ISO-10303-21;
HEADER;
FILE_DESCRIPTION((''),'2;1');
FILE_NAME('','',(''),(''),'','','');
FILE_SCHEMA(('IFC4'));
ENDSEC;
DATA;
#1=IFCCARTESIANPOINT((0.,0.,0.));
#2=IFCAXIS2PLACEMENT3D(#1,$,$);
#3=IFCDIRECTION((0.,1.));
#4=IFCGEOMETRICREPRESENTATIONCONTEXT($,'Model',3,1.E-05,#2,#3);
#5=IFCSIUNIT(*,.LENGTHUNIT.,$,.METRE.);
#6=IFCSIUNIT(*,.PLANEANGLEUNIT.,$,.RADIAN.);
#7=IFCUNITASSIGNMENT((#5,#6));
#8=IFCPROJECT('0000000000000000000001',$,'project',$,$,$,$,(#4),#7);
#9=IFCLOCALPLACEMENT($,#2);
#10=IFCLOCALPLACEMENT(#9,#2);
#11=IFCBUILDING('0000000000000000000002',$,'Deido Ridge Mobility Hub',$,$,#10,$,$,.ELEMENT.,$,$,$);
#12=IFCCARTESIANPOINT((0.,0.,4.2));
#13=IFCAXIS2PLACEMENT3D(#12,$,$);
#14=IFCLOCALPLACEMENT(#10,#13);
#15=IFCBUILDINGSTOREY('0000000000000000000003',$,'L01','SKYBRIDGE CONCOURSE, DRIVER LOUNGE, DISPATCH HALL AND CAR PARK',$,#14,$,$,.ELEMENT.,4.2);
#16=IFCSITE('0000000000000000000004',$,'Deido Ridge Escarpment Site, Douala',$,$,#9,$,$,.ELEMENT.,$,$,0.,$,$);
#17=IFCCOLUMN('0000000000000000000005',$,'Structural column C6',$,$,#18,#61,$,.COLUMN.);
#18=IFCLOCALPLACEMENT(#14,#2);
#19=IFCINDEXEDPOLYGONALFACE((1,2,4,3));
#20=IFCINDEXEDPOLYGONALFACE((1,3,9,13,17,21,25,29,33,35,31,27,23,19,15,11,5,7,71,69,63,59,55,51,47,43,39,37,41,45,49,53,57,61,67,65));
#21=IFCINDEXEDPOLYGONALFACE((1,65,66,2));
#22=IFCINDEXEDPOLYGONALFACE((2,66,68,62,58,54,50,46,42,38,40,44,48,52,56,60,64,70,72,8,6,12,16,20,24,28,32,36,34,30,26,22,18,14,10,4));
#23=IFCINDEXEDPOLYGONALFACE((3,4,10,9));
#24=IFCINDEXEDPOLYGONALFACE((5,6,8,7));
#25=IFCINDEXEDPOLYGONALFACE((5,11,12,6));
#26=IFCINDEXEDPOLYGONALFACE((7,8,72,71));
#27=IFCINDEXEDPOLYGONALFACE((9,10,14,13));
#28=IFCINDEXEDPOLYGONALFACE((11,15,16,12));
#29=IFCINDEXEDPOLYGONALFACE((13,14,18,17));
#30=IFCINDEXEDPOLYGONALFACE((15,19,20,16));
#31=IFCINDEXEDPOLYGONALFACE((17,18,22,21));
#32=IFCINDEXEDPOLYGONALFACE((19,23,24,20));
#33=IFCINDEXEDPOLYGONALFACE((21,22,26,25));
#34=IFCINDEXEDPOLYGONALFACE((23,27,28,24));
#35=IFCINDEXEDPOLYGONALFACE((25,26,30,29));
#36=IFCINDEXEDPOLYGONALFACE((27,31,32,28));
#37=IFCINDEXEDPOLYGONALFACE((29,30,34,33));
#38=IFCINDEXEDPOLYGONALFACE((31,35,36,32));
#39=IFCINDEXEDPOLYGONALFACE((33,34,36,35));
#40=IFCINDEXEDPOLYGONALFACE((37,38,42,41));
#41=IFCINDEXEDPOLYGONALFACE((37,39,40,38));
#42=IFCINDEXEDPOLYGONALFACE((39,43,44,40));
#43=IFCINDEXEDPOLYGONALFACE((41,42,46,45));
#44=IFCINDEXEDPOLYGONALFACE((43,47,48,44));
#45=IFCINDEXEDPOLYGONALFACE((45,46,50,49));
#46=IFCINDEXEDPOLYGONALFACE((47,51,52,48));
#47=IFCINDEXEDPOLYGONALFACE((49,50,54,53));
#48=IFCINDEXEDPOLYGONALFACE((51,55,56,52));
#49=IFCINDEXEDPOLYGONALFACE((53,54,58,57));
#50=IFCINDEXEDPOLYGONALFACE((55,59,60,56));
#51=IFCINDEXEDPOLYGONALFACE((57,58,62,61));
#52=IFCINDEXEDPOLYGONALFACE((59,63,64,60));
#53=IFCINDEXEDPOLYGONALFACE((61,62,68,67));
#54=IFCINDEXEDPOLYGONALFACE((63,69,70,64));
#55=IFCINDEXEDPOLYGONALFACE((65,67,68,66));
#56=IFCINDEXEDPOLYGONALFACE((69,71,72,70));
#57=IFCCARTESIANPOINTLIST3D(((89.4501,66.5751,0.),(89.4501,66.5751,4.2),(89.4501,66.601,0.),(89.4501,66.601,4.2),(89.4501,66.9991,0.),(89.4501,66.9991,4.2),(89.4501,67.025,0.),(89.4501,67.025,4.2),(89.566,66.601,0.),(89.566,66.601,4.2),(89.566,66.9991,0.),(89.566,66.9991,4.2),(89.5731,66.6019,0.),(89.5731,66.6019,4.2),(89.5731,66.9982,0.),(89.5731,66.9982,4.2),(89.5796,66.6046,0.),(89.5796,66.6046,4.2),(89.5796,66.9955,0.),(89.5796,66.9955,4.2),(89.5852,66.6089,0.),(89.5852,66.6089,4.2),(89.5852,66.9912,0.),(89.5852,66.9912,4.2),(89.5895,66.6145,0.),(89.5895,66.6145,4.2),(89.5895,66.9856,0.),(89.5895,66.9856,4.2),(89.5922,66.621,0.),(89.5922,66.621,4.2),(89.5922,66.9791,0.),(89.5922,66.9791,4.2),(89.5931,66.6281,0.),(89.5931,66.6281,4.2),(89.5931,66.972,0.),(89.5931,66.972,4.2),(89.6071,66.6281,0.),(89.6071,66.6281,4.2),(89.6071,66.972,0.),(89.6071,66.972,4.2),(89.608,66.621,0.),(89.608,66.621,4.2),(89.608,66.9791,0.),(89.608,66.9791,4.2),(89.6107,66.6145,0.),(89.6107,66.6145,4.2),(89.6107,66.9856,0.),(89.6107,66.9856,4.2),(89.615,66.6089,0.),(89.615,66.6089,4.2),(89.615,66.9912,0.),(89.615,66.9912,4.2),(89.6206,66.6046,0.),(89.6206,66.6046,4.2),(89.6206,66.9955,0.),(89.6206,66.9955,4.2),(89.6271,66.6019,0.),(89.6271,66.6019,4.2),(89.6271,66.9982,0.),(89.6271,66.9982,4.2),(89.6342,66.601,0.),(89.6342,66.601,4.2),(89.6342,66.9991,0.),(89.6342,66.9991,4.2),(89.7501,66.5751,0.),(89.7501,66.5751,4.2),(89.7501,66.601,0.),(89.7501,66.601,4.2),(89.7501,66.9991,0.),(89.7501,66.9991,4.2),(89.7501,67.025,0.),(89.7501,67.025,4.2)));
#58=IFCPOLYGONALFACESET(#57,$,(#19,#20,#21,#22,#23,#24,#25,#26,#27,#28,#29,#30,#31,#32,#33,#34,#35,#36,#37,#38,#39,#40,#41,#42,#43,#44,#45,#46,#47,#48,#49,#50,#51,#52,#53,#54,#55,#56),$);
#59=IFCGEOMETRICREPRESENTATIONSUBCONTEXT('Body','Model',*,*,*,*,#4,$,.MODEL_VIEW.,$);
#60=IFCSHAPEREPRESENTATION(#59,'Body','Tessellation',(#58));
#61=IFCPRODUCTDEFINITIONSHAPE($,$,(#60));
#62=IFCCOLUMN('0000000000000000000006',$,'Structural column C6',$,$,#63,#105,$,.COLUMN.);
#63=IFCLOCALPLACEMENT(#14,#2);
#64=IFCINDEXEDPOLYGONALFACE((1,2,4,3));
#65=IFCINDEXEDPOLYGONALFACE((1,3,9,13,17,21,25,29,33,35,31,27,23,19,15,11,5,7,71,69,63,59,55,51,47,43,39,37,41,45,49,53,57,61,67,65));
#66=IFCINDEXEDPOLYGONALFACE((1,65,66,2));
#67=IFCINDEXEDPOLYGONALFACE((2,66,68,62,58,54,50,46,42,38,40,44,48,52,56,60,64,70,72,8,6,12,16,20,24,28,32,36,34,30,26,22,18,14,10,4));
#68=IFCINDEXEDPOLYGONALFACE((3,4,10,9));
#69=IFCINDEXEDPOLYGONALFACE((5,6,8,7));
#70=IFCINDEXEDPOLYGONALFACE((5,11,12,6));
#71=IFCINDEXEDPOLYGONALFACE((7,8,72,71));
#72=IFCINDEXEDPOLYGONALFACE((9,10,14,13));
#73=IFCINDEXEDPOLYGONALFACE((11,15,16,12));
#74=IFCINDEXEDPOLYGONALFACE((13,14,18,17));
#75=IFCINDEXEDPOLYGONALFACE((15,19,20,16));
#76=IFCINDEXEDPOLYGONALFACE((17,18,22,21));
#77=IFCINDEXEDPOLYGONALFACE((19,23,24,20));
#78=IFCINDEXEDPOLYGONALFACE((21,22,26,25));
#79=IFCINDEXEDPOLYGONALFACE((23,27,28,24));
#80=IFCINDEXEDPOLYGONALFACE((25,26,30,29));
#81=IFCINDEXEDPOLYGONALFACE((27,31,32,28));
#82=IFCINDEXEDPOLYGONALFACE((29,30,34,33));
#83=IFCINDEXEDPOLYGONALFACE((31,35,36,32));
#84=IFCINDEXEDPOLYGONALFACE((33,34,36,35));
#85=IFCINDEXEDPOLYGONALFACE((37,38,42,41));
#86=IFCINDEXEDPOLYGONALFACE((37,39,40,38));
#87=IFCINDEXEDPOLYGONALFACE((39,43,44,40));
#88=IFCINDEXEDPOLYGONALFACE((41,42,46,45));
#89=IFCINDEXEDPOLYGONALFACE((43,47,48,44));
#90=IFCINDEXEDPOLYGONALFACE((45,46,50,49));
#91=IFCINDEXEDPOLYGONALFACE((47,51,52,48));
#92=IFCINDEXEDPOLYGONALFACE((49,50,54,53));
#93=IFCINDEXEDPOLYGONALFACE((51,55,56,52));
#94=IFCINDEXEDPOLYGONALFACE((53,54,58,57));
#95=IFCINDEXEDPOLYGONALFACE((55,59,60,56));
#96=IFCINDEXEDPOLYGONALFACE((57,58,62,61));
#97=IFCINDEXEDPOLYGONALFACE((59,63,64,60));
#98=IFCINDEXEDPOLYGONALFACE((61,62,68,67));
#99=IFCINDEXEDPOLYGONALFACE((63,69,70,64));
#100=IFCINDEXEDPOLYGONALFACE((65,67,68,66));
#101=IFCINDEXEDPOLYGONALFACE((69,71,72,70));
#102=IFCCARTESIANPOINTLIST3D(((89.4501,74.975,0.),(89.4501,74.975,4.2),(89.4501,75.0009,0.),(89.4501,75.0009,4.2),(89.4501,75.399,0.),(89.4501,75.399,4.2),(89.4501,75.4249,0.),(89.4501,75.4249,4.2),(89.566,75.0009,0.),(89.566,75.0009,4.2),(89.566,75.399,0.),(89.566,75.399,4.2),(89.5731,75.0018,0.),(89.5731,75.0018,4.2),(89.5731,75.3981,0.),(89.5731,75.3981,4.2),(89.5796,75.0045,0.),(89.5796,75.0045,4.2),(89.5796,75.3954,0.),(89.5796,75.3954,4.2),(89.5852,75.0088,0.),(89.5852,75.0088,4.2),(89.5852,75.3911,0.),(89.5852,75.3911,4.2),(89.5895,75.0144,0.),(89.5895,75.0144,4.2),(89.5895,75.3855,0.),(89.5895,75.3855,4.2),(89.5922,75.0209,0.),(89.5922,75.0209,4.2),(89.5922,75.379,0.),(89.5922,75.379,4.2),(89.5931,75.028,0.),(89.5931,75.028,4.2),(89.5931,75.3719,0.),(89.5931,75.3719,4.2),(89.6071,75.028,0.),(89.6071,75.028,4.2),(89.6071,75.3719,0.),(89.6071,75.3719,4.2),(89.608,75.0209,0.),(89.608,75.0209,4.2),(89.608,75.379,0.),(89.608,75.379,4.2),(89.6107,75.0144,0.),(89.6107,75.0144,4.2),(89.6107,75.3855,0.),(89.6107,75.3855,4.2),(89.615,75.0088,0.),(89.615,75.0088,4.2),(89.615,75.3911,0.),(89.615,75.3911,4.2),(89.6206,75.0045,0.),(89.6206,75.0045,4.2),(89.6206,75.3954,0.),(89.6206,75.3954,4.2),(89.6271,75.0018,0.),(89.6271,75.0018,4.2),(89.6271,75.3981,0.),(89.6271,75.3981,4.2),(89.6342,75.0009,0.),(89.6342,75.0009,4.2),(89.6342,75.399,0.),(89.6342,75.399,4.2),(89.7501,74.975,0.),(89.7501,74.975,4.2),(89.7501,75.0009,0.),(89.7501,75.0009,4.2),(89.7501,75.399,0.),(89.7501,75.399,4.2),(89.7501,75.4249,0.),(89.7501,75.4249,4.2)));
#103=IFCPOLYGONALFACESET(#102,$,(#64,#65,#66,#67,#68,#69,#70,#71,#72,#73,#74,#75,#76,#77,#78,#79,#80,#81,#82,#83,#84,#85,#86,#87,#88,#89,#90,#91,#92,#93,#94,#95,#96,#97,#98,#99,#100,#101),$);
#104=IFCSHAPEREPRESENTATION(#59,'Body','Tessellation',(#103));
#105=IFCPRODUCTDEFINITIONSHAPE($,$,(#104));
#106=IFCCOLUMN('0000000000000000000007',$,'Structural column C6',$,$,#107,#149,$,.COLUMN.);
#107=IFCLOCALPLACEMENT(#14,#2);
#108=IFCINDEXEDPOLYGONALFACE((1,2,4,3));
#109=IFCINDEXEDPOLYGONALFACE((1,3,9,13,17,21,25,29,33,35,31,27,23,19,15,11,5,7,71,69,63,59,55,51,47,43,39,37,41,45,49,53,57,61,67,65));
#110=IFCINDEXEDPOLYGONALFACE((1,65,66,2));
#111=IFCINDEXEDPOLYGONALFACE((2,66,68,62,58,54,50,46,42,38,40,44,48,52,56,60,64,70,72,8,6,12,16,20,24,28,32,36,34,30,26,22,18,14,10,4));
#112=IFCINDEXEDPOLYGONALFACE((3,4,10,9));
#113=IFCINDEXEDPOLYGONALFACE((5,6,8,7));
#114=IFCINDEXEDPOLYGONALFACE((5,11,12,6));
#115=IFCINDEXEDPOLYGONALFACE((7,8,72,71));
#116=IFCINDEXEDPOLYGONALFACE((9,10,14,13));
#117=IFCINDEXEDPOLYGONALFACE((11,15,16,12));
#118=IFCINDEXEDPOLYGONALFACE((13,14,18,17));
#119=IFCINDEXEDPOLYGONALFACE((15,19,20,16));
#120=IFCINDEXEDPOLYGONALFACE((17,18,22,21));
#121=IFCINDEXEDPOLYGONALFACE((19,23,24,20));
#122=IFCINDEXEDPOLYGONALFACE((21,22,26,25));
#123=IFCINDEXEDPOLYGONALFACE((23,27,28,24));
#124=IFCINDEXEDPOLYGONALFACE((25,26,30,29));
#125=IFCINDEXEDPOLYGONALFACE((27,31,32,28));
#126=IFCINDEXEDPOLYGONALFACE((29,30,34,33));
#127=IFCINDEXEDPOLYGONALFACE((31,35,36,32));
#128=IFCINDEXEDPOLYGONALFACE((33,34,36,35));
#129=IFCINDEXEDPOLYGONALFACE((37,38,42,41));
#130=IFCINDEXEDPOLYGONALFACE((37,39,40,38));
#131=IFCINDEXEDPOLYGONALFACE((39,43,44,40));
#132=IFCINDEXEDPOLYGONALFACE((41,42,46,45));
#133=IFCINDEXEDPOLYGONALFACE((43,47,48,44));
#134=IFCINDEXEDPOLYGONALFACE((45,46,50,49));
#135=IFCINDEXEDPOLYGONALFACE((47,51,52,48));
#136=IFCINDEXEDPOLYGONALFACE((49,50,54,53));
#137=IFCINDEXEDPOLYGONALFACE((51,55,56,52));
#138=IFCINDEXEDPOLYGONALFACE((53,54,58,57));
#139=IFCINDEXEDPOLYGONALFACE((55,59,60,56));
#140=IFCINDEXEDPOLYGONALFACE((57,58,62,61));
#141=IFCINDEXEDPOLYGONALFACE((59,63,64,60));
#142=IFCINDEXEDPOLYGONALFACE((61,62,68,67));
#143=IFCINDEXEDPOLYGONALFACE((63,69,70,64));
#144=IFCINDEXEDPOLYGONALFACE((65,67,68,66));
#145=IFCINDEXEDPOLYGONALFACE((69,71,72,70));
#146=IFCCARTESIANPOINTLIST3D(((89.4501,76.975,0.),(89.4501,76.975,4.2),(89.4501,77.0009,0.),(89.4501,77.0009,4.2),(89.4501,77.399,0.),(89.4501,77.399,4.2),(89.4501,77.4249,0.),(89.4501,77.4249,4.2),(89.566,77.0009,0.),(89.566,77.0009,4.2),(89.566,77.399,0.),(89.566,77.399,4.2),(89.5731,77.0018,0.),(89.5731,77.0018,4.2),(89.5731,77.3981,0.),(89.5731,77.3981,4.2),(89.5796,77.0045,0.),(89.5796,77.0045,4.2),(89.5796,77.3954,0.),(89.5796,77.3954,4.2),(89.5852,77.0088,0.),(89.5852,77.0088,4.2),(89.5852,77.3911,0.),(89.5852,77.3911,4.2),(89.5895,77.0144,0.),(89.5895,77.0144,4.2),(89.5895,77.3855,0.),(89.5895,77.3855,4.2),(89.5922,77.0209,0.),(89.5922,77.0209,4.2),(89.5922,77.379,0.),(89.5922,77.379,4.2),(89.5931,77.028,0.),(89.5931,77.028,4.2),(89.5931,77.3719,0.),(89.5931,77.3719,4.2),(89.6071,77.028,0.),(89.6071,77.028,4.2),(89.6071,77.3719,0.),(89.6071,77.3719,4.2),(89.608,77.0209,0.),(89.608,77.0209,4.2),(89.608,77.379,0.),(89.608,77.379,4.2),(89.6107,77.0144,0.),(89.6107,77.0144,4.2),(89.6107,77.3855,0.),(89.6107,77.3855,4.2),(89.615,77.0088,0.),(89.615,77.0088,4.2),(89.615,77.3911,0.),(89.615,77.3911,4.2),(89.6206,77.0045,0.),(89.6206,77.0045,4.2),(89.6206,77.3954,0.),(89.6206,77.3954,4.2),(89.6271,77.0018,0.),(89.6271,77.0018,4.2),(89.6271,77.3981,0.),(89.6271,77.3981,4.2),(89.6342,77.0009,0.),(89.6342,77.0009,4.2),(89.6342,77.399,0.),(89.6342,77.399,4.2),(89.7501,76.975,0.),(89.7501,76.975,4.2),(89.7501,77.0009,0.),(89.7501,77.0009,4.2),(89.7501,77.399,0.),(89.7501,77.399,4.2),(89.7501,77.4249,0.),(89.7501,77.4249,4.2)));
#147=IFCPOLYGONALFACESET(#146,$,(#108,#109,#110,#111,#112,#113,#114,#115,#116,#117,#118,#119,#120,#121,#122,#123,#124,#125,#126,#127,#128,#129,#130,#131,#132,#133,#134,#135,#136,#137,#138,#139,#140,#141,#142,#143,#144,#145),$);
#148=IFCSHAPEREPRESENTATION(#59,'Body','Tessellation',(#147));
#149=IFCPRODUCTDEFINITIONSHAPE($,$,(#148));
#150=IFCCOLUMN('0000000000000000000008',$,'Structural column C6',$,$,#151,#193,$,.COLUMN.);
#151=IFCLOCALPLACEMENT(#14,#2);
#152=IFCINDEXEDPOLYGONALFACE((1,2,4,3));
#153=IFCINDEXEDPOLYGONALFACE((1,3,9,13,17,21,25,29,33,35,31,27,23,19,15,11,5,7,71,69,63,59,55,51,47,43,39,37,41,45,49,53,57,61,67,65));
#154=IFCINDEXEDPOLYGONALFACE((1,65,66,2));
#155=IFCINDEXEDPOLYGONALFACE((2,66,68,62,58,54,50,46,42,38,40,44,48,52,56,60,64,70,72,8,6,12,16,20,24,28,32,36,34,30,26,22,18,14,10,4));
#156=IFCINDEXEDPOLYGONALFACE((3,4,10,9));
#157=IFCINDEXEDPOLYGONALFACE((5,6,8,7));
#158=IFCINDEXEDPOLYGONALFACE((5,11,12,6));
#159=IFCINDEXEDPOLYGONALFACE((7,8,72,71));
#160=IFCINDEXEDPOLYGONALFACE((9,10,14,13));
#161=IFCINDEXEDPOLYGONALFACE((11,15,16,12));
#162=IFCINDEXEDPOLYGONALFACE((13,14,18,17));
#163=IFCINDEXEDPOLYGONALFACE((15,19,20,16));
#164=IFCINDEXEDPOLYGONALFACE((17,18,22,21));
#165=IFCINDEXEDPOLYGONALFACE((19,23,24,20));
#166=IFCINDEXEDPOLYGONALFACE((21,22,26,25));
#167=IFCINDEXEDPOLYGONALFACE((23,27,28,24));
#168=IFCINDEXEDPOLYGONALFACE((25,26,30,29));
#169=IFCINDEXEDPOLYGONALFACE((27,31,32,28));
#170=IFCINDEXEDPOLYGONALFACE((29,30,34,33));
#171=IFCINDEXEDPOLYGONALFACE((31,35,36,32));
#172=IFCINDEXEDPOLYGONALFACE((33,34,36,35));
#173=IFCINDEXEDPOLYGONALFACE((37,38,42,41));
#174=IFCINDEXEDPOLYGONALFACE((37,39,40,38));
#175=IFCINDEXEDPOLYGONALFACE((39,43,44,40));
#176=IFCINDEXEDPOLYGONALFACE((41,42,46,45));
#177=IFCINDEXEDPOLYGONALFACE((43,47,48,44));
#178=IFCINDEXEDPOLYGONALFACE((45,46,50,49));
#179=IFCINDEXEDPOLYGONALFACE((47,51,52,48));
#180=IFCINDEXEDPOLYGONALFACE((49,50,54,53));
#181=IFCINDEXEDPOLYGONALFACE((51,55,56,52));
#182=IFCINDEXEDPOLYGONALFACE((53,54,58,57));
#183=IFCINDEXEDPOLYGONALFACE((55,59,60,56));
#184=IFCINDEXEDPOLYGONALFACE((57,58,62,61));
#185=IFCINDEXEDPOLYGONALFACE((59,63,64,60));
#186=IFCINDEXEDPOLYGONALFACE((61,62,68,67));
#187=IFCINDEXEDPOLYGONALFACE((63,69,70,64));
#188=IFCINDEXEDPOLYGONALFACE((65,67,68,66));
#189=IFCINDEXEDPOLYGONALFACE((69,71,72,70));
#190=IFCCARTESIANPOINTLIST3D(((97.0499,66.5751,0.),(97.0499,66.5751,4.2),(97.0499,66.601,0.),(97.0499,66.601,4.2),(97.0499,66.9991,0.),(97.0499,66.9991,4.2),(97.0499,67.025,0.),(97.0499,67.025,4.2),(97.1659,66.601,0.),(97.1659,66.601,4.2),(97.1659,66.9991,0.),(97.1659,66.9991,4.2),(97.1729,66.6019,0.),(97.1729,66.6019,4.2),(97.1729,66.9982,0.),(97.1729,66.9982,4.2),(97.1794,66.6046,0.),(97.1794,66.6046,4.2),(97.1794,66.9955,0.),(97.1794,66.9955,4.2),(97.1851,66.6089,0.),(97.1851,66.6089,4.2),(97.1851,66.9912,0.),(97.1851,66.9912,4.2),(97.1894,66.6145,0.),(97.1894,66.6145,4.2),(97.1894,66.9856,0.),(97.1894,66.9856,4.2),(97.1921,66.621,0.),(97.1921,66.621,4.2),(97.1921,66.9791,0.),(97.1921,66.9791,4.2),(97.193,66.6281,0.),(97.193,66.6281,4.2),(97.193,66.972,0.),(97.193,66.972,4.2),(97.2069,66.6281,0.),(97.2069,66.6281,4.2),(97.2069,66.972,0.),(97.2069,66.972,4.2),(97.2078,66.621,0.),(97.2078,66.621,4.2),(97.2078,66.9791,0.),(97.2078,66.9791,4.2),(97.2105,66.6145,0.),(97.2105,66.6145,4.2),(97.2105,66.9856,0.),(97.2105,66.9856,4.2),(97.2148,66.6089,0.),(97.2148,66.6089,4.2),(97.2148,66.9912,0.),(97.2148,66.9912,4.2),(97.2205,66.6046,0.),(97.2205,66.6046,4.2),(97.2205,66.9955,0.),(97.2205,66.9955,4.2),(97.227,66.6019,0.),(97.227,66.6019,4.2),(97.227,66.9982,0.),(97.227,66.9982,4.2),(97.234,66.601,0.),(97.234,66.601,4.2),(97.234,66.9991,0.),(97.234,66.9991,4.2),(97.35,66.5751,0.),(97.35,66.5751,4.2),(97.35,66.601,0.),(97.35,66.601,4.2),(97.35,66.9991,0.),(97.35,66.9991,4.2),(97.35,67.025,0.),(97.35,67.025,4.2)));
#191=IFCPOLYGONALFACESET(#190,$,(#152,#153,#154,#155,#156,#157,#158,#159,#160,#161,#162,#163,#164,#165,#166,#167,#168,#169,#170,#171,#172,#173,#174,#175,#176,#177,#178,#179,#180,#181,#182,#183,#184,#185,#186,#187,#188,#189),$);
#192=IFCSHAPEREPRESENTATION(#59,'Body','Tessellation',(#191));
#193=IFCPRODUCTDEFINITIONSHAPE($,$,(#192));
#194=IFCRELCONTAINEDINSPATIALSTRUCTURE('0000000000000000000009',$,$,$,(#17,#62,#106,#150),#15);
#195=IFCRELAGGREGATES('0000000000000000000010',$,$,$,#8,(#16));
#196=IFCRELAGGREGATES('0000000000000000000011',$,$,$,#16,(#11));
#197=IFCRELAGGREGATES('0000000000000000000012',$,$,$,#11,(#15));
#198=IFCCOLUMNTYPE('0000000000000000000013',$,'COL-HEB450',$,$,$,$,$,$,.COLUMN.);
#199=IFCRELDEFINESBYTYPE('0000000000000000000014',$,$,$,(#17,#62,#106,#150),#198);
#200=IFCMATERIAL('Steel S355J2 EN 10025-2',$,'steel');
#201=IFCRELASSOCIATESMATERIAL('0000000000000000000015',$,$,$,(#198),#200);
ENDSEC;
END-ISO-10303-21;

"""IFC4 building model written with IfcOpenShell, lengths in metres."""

from ifc_helpers import new_model, si_unit, direction, frame, origin, origin_2d, place, context, subcontext, project, spatial, i_section, extrude, material, material_profile, profile_set, type_object, element, save


model = new_model("IFC4")

# Units and contexts
model_context = context("Model", 3, precision=1e-05, world=origin(), true_north=direction((0.0, 1.0)))
body_context = subcontext(model_context, "Body", "Model", "MODEL_VIEW")
ifc_project = project(units=[si_unit("LENGTHUNIT", "METRE"), si_unit("PLANEANGLEUNIT", "RADIAN")], contexts=[model_context])

# Site, building, storey
site_placement = place(None, origin())
site = spatial("IfcSite", under=ifc_project, at=site_placement, Name="Deido Ridge Escarpment Site, Douala", CompositionType="ELEMENT", RefElevation=0.0)
building_placement = place(site_placement, origin())
building = spatial("IfcBuilding", under=site, at=building_placement, Name="Deido Ridge Mobility Hub", CompositionType="ELEMENT")
storey_placement = place(building_placement, frame((0.0, 0.0, 4.2)))
storey = spatial("IfcBuildingStorey", under=building, at=storey_placement, Name="L01", Description="SKYBRIDGE CONCOURSE, DRIVER LOUNGE, DISPATCH HALL AND CAR PARK", CompositionType="ELEMENT", Elevation=4.2)

# Columns
ifc_material_1 = material(Name="Steel S355J2 EN 10025-2", Category="steel")
ifc_material_profile_1 = material_profile(ifc_material_1, i_section(OverallWidth=0.3, OverallDepth=0.45, WebThickness=0.0139, FlangeThickness=0.0259, FilletRadius=0.0271, at=origin_2d()), Name="HEB 450")
ifc_profile_set_1 = profile_set([ifc_material_profile_1], Name="Steel S355J2 EN 10025-2")
column_type_1 = type_object("IfcColumnType", Name="COL-HEB450", PredefinedType="COLUMN", material=ifc_profile_set_1)
for number, where, z_axis, x_axis, name in (
    (1, (89.6001, 66.8, 0.0), (0.0, 0.0, 1.0), (1.0, 0.0, 0.0), "Structural column C6"),
    (2, (89.6001, 75.2, 0.0), (0.0, 0.0, 1.0), (1.0, 0.0, 0.0), "Structural column C6"),
    (3, (89.6001, 77.2, 0.0), (0.0, 0.0, 1.0), (1.0, 0.0, 0.0), "Structural column C6"),
    (4, (97.2, 66.8, 0.0), (0.0, 0.0, 1.0), (1.0, 0.0, 0.0), "Structural column C6"),
):
    element("IfcColumn", number, at=place(storey_placement, frame(where, z_axis=z_axis, x_axis=x_axis)), inside=storey, type_object=column_type_1, Name=name, PredefinedType="COLUMN", context=body_context, shape_type="SweptSolid", body=[
        extrude(i_section(OverallWidth=0.3, OverallDepth=0.45, WebThickness=0.0139, FlangeThickness=0.0259, FilletRadius=0.0271, at=origin_2d()), origin(), (0.0, 0.0, 1.0), 4.2),
    ])

save(model, "model.ifc")
